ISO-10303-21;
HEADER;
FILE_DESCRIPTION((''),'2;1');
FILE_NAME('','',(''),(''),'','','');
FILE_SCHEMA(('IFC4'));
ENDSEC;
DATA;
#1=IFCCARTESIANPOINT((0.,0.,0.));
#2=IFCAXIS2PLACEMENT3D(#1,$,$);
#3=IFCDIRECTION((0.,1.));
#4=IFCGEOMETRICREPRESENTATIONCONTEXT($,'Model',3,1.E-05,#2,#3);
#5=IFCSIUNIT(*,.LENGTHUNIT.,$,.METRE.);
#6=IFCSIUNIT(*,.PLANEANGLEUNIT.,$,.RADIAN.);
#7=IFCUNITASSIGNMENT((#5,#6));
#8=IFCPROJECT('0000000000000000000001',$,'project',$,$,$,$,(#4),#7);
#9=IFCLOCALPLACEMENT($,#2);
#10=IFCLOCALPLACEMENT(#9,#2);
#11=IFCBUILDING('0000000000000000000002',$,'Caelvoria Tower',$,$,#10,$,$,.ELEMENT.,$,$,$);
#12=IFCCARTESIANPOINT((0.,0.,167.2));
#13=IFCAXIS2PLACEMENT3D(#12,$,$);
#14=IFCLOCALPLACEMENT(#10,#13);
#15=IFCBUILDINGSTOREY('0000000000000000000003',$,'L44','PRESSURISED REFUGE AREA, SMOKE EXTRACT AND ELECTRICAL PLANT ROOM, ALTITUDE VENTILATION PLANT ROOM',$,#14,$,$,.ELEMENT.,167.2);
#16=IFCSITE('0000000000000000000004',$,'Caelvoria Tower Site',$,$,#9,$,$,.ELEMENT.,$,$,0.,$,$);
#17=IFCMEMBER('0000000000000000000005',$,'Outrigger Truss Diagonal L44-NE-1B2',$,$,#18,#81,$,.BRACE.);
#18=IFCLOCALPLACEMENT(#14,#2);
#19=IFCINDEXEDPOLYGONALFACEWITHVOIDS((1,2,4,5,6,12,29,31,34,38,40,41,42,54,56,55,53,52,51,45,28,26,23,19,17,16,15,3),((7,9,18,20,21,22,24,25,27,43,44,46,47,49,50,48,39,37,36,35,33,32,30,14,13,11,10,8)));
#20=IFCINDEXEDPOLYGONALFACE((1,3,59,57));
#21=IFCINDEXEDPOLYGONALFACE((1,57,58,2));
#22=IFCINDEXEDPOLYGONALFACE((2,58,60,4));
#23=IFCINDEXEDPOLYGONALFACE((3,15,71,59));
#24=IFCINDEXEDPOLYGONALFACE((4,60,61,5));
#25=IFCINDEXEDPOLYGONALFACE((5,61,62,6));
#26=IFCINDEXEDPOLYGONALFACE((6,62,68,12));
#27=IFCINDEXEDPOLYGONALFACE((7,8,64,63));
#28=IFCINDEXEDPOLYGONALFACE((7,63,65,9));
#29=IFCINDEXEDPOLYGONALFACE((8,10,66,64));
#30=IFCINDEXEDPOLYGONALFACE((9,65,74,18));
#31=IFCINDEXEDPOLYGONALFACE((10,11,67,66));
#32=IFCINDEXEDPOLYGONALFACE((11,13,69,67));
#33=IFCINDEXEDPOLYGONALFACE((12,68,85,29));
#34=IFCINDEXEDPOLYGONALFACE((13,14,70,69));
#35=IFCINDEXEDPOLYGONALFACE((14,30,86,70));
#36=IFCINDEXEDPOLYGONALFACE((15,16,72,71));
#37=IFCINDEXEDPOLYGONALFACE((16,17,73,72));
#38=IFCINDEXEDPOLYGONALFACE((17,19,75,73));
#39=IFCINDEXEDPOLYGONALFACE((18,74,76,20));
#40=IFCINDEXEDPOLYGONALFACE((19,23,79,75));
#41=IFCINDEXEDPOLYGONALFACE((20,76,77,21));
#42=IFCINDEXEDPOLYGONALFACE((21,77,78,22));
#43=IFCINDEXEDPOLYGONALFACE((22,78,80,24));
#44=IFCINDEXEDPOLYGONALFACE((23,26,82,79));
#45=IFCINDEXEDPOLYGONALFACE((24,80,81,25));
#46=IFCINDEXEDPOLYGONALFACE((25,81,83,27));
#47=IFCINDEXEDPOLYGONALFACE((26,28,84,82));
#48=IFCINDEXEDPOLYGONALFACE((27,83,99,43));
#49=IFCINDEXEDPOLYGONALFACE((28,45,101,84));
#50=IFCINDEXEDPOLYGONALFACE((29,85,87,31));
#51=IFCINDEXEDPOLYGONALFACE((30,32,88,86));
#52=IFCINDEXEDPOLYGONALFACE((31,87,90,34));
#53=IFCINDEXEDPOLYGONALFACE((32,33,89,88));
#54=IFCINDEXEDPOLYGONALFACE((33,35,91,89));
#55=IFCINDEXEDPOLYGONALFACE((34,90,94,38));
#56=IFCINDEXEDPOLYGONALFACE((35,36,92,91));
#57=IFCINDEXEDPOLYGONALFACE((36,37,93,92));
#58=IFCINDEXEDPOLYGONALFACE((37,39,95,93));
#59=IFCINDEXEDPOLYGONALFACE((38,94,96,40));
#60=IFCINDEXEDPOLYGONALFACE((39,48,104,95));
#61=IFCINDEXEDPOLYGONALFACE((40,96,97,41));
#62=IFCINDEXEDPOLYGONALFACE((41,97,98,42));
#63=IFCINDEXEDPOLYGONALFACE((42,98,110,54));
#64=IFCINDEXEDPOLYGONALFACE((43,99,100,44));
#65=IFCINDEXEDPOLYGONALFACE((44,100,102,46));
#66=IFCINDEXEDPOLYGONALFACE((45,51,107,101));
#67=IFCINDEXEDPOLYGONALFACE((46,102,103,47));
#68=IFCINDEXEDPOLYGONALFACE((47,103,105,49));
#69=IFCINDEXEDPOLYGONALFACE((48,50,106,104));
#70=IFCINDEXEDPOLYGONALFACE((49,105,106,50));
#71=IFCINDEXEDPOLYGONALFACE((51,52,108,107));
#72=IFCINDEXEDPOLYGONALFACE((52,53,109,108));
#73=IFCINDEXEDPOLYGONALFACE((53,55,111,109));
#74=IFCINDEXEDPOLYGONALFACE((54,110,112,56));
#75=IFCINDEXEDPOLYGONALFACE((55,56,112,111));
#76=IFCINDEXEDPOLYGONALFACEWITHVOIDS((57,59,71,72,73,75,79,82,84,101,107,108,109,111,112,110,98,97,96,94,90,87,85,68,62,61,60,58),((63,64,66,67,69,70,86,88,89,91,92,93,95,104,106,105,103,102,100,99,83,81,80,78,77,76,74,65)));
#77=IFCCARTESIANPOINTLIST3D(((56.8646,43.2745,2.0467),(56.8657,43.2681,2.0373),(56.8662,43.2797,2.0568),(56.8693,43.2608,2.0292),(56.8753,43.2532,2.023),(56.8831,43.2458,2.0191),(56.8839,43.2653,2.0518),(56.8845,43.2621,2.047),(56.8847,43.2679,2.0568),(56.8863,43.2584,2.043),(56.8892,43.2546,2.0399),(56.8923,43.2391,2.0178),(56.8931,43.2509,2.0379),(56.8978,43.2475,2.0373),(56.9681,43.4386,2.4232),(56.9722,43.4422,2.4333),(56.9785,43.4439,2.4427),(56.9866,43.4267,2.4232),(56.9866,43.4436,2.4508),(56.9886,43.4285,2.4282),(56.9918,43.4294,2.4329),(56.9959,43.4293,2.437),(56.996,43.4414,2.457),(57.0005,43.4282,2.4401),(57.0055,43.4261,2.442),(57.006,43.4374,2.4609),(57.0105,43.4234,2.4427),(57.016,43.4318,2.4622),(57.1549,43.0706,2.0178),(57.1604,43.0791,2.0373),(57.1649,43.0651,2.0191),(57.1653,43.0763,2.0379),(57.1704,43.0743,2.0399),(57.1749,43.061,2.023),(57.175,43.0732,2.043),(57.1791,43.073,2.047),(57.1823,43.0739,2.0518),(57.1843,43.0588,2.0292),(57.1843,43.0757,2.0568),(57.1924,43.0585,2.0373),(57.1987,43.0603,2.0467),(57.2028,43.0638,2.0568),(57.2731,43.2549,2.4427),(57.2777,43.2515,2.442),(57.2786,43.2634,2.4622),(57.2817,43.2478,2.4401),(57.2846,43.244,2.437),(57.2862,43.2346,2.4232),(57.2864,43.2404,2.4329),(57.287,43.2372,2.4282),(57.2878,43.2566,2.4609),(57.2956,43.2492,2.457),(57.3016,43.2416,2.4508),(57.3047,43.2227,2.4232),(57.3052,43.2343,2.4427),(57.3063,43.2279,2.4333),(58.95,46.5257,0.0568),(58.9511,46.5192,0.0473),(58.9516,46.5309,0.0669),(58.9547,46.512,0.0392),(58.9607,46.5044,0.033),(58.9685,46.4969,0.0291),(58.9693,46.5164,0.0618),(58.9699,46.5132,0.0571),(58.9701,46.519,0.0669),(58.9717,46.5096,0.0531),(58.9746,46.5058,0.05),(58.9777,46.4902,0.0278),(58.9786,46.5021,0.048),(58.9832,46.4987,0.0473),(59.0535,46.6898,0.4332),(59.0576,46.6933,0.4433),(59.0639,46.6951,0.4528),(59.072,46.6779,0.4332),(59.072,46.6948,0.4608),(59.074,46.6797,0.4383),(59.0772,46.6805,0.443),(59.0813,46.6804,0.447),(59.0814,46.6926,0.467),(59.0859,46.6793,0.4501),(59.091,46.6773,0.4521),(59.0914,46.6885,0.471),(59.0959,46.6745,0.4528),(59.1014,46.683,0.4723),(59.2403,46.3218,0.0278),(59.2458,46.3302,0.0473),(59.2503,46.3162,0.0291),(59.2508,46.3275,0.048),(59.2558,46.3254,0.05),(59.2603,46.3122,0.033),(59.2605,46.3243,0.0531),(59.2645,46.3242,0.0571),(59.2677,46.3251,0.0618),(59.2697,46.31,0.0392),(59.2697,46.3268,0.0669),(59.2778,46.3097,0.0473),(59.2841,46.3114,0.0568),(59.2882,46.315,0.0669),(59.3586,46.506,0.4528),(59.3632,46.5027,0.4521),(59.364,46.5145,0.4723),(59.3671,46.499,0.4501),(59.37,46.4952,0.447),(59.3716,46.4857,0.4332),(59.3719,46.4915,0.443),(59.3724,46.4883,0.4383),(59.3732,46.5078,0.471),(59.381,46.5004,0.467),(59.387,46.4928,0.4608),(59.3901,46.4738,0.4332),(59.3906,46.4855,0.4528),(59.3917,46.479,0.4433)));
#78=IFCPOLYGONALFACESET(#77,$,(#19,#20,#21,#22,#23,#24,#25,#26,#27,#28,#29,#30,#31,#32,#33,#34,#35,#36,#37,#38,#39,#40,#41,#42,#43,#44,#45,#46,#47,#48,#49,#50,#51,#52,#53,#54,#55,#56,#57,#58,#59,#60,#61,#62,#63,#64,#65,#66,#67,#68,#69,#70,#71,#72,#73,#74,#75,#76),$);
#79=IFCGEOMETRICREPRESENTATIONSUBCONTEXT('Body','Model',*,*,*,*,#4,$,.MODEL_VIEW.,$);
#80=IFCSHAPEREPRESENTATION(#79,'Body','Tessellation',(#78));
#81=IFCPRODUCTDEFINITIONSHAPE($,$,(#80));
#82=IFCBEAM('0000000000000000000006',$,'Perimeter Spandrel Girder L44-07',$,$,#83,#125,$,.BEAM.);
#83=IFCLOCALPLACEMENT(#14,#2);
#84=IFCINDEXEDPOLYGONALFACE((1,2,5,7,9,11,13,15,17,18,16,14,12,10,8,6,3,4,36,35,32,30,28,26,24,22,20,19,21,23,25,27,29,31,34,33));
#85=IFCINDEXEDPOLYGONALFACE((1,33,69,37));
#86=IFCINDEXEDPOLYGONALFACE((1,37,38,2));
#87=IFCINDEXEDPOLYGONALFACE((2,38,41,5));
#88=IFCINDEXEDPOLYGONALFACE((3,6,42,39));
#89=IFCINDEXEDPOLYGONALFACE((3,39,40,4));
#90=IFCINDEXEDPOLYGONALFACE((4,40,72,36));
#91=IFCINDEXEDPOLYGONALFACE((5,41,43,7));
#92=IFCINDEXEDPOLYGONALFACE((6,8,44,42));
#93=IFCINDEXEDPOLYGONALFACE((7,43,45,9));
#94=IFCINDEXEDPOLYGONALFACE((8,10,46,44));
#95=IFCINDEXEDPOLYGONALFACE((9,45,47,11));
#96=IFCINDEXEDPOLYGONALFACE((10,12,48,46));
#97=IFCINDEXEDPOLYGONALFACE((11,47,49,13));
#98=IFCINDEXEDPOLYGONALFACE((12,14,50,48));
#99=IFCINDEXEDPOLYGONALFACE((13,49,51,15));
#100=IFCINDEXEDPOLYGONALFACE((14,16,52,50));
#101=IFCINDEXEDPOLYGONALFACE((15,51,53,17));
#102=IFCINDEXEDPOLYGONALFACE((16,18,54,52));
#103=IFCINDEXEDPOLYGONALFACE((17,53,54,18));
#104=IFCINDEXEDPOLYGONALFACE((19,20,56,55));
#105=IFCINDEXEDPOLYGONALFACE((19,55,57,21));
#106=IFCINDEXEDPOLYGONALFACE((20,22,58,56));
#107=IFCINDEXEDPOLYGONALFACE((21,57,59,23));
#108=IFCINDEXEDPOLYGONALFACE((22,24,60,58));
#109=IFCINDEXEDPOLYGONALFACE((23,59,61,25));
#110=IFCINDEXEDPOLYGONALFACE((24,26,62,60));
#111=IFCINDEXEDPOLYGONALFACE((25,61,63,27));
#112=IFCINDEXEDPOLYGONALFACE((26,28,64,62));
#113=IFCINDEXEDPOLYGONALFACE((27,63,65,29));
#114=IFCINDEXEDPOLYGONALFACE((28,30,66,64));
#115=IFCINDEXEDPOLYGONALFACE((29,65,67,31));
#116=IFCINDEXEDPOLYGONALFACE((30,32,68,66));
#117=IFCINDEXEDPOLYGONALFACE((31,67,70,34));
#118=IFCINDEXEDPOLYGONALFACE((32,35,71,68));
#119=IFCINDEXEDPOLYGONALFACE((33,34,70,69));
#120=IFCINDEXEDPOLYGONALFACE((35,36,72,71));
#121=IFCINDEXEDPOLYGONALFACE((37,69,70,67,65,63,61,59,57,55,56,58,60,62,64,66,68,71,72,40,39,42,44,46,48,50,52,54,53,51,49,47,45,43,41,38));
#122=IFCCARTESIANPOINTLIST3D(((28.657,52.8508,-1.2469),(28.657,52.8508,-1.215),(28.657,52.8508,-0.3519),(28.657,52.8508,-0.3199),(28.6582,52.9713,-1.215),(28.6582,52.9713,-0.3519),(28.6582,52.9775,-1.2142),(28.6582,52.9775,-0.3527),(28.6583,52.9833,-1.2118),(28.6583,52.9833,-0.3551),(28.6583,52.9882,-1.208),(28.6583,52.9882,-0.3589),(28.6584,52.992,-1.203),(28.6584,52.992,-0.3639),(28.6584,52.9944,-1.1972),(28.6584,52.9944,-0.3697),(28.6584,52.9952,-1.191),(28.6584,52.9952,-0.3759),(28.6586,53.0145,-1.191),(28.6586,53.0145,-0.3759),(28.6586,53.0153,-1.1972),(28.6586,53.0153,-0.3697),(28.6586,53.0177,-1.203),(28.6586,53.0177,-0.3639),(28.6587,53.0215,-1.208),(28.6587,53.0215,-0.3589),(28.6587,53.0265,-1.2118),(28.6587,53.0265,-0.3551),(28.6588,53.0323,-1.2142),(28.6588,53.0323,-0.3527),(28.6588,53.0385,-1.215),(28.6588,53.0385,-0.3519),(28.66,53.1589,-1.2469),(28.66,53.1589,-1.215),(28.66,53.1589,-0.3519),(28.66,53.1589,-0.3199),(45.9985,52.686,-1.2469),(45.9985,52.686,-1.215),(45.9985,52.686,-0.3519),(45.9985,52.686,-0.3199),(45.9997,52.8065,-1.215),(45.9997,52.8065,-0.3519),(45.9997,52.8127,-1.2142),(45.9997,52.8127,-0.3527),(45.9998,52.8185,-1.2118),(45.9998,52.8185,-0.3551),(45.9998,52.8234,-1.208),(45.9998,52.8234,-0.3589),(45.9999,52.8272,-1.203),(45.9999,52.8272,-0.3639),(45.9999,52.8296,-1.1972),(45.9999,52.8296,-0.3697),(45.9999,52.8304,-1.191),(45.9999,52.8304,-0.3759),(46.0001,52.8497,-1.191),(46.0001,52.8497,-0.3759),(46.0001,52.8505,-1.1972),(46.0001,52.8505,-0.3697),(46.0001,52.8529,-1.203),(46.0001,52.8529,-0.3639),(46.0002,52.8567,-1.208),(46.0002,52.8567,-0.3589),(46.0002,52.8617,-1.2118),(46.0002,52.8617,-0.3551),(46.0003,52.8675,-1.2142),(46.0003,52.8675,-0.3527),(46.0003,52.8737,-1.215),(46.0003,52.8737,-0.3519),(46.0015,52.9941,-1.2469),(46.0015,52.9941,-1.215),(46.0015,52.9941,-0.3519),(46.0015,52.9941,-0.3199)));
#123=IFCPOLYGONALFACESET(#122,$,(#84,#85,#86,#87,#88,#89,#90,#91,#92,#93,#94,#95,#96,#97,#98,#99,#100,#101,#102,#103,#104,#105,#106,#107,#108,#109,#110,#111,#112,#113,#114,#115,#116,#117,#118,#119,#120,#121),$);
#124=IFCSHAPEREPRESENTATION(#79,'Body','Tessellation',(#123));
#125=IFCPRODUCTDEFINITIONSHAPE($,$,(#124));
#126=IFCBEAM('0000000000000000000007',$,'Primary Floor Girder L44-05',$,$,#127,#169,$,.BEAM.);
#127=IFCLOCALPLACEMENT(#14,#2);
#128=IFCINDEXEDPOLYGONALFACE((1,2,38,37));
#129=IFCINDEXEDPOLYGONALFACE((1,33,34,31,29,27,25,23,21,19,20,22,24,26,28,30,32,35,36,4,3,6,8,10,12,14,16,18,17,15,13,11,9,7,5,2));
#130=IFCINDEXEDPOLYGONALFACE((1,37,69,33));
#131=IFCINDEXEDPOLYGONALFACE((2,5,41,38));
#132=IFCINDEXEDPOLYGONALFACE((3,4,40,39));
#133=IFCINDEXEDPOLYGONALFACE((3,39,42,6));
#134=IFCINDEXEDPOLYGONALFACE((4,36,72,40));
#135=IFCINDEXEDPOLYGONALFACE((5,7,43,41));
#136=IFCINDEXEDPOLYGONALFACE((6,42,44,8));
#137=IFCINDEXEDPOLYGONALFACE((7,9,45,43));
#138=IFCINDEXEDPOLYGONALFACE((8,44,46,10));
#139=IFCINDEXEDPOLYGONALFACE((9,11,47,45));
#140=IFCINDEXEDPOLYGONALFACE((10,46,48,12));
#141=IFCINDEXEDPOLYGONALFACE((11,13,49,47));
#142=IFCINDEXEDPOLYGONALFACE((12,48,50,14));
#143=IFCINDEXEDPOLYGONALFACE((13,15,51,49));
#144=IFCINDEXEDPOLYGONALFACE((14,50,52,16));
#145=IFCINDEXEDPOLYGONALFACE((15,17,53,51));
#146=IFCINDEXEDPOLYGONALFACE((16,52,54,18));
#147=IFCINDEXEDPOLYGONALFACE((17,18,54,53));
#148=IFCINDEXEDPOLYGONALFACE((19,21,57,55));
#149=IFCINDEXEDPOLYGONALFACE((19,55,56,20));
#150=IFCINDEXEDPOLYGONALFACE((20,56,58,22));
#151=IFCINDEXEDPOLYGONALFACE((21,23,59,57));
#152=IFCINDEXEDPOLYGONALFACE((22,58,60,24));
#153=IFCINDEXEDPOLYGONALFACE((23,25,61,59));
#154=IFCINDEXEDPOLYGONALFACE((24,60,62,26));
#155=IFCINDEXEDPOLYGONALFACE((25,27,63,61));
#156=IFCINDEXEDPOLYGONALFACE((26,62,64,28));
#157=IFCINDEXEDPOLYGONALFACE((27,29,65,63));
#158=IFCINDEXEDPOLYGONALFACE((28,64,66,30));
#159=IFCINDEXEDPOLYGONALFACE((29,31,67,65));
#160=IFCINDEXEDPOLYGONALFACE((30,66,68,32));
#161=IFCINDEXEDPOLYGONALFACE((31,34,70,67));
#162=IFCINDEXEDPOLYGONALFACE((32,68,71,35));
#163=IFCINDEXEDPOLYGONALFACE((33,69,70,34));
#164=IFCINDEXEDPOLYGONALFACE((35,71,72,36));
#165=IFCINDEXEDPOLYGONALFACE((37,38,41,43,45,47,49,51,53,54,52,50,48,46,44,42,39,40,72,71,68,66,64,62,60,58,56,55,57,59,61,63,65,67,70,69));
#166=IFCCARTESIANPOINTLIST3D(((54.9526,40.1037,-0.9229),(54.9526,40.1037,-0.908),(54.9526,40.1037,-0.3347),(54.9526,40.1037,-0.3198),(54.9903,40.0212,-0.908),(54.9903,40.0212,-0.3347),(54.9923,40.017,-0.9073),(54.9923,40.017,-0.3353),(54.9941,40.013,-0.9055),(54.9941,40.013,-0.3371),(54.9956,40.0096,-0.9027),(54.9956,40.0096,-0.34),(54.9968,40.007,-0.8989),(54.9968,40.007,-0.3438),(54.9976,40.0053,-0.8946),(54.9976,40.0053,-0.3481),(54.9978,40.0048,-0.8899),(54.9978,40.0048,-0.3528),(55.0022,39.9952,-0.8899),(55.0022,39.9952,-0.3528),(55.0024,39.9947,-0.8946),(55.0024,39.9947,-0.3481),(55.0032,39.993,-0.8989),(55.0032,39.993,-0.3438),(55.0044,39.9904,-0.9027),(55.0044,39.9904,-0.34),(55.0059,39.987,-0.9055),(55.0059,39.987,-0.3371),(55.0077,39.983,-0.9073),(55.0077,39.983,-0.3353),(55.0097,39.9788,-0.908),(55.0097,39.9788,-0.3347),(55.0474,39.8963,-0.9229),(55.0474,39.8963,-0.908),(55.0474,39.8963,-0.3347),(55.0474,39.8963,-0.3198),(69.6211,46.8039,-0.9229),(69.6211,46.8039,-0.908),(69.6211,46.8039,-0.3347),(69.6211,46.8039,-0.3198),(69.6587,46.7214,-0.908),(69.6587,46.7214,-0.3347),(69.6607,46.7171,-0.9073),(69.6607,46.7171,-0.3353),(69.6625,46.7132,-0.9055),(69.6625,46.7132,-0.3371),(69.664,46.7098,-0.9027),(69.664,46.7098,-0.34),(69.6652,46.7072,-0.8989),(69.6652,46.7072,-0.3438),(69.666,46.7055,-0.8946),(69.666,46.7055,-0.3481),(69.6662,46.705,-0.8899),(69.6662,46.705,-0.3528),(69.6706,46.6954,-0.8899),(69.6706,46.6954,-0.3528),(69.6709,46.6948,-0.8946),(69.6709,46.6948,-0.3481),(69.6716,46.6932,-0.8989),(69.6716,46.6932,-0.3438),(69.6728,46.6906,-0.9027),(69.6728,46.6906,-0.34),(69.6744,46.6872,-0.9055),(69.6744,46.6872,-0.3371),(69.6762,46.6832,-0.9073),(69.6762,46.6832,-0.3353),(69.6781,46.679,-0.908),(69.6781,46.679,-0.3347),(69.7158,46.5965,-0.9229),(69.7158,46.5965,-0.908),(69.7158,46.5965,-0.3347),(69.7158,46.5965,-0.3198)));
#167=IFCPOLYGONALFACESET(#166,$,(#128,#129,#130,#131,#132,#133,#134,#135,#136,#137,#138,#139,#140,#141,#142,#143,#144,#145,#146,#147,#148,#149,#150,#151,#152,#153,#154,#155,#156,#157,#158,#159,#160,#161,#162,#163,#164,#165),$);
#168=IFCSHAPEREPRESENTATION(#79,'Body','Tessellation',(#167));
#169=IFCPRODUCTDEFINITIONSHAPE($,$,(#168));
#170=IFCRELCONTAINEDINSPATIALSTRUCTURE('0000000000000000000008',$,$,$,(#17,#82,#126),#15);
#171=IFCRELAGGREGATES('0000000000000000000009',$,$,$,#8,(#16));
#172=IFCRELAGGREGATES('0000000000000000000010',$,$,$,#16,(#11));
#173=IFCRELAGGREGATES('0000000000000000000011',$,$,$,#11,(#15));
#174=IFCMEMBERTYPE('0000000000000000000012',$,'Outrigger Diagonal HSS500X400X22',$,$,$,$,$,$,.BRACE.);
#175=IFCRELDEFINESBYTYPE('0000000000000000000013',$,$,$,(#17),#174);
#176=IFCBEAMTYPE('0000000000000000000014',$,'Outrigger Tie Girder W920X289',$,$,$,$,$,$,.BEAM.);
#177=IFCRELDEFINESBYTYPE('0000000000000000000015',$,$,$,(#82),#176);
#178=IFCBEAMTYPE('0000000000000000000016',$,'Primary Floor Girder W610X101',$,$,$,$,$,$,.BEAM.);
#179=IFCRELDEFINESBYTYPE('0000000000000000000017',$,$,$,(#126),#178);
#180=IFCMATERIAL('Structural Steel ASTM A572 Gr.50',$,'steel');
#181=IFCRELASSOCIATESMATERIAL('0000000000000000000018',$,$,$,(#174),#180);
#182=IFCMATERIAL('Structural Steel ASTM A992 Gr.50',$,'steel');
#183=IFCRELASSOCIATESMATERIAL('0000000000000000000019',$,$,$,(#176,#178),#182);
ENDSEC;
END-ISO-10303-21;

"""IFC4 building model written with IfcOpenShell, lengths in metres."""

from ifc_helpers import new_model, si_unit, direction, frame, origin, origin_2d, place, context, subcontext, project, spatial, hollow_rectangle, i_section, extrude, material, material_profile, profile_set, type_object, element, save


model = new_model("IFC4")

# Units and contexts
model_context = context("Model", 3, precision=1e-05, world=origin(), true_north=direction((0.0, 1.0)))
body_context = subcontext(model_context, "Body", "Model", "MODEL_VIEW")
ifc_project = project(units=[si_unit("LENGTHUNIT", "METRE"), si_unit("PLANEANGLEUNIT", "RADIAN")], contexts=[model_context])

# Site, building, storey
site_placement = place(None, origin())
site = spatial("IfcSite", under=ifc_project, at=site_placement, Name="Caelvoria Tower Site", CompositionType="ELEMENT", RefElevation=0.0)
building_placement = place(site_placement, origin())
building = spatial("IfcBuilding", under=site, at=building_placement, Name="Caelvoria Tower", CompositionType="ELEMENT")
storey_placement = place(building_placement, frame((0.0, 0.0, 167.2)))
storey = spatial("IfcBuildingStorey", under=building, at=storey_placement, Name="L44", Description="PRESSURISED REFUGE AREA, SMOKE EXTRACT AND ELECTRICAL PLANT ROOM, ALTITUDE VENTILATION PLANT ROOM", CompositionType="ELEMENT", Elevation=167.2)

# Shared definitions
ifc_material_1 = material(Name="Structural Steel ASTM A572 Gr.50", Category="steel")

# Shared definitions
ifc_material_2 = material(Name="Structural Steel ASTM A992 Gr.50", Category="steel")

# Member
ifc_material_profile_1 = material_profile(ifc_material_1, hollow_rectangle(XDim=0.3999, YDim=0.5, WallThickness=0.022, InnerFilletRadius=0.022, OuterFilletRadius=0.0439, at=origin_2d()), Name="Structural Steel ASTM A572 Gr.50")
ifc_profile_set_1 = profile_set([ifc_material_profile_1], Name="HSS500X400X22 - Structural Steel ASTM A572 Gr.50")
member_type_1 = type_object("IfcMemberType", Name="Outrigger Diagonal HSS500X400X22", PredefinedType="BRACE", material=ifc_profile_set_1)
for number, where, z_axis, x_axis, name in (
    (1, (57.0854, 43.2512, 2.24), (0.479958, 0.748256, -0.457989), (-0.841722, 0.539911, 0.0), "Outrigger Truss Diagonal L44-NE-1B2"),
):
    element("IfcMember", number, at=place(storey_placement, frame(where, z_axis=z_axis, x_axis=x_axis)), inside=storey, type_object=member_type_1, Name=name, PredefinedType="BRACE", context=body_context, shape_type="SweptSolid", body=[
        extrude(hollow_rectangle(XDim=0.3999, YDim=0.5, WallThickness=0.022, InnerFilletRadius=0.022, OuterFilletRadius=0.0439, at=origin_2d()), origin(), (0.0, 0.0, 1.0), 4.345),
    ])

# Beams
ifc_material_profile_2 = material_profile(ifc_material_2, i_section(OverallWidth=0.3081, OverallDepth=0.927, WebThickness=0.0193, FlangeThickness=0.032, FilletRadius=0.0239, at=origin_2d()), Name="Structural Steel ASTM A992 Gr.50")
ifc_profile_set_2 = profile_set([ifc_material_profile_2], Name="W920X289 - Structural Steel ASTM A992 Gr.50")
beam_type_1 = type_object("IfcBeamType", Name="Outrigger Tie Girder W920X289", PredefinedType="BEAM", material=ifc_profile_set_2)
beam_1_placement = place(storey_placement, frame((46.0, 52.8401, -0.7834), z_axis=(-0.999955, 0.009502, 0.0), x_axis=(-0.009502, -0.999955, 0.0)))
element("IfcBeam", 2, at=beam_1_placement, inside=storey, type_object=beam_type_1, Name="Perimeter Spandrel Girder L44-07", PredefinedType="BEAM", context=body_context, shape_type="SweptSolid", body=[
    extrude(i_section(OverallWidth=0.3081, OverallDepth=0.927, WebThickness=0.0193, FlangeThickness=0.032, FilletRadius=0.0239, at=origin_2d()), origin(), (0.0, 0.0, 1.0), 17.3423),
])
ifc_material_profile_3 = material_profile(ifc_material_2, i_section(OverallWidth=0.228, OverallDepth=0.603, WebThickness=0.0105, FlangeThickness=0.0149, FilletRadius=0.0181, at=origin_2d()), Name="Structural Steel ASTM A992 Gr.50")
ifc_profile_set_3 = profile_set([ifc_material_profile_3], Name="W610X101 - Structural Steel ASTM A992 Gr.50")
beam_type_2 = type_object("IfcBeamType", Name="Primary Floor Girder W610X101", PredefinedType="BEAM", material=ifc_profile_set_3)
beam_2_placement = place(storey_placement, frame((55.0, 40.0, -0.6213), z_axis=(0.909601, 0.415484, 0.0), x_axis=(-0.415484, 0.909601, 0.0)))
element("IfcBeam", 3, at=beam_2_placement, inside=storey, type_object=beam_type_2, Name="Primary Floor Girder L44-05", PredefinedType="BEAM", context=body_context, shape_type="SweptSolid", body=[
    extrude(i_section(OverallWidth=0.228, OverallDepth=0.603, WebThickness=0.0105, FlangeThickness=0.0149, FilletRadius=0.0181, at=origin_2d()), origin(), (0.0, 0.0, 1.0), 16.1262),
])

save(model, "model.ifc")
